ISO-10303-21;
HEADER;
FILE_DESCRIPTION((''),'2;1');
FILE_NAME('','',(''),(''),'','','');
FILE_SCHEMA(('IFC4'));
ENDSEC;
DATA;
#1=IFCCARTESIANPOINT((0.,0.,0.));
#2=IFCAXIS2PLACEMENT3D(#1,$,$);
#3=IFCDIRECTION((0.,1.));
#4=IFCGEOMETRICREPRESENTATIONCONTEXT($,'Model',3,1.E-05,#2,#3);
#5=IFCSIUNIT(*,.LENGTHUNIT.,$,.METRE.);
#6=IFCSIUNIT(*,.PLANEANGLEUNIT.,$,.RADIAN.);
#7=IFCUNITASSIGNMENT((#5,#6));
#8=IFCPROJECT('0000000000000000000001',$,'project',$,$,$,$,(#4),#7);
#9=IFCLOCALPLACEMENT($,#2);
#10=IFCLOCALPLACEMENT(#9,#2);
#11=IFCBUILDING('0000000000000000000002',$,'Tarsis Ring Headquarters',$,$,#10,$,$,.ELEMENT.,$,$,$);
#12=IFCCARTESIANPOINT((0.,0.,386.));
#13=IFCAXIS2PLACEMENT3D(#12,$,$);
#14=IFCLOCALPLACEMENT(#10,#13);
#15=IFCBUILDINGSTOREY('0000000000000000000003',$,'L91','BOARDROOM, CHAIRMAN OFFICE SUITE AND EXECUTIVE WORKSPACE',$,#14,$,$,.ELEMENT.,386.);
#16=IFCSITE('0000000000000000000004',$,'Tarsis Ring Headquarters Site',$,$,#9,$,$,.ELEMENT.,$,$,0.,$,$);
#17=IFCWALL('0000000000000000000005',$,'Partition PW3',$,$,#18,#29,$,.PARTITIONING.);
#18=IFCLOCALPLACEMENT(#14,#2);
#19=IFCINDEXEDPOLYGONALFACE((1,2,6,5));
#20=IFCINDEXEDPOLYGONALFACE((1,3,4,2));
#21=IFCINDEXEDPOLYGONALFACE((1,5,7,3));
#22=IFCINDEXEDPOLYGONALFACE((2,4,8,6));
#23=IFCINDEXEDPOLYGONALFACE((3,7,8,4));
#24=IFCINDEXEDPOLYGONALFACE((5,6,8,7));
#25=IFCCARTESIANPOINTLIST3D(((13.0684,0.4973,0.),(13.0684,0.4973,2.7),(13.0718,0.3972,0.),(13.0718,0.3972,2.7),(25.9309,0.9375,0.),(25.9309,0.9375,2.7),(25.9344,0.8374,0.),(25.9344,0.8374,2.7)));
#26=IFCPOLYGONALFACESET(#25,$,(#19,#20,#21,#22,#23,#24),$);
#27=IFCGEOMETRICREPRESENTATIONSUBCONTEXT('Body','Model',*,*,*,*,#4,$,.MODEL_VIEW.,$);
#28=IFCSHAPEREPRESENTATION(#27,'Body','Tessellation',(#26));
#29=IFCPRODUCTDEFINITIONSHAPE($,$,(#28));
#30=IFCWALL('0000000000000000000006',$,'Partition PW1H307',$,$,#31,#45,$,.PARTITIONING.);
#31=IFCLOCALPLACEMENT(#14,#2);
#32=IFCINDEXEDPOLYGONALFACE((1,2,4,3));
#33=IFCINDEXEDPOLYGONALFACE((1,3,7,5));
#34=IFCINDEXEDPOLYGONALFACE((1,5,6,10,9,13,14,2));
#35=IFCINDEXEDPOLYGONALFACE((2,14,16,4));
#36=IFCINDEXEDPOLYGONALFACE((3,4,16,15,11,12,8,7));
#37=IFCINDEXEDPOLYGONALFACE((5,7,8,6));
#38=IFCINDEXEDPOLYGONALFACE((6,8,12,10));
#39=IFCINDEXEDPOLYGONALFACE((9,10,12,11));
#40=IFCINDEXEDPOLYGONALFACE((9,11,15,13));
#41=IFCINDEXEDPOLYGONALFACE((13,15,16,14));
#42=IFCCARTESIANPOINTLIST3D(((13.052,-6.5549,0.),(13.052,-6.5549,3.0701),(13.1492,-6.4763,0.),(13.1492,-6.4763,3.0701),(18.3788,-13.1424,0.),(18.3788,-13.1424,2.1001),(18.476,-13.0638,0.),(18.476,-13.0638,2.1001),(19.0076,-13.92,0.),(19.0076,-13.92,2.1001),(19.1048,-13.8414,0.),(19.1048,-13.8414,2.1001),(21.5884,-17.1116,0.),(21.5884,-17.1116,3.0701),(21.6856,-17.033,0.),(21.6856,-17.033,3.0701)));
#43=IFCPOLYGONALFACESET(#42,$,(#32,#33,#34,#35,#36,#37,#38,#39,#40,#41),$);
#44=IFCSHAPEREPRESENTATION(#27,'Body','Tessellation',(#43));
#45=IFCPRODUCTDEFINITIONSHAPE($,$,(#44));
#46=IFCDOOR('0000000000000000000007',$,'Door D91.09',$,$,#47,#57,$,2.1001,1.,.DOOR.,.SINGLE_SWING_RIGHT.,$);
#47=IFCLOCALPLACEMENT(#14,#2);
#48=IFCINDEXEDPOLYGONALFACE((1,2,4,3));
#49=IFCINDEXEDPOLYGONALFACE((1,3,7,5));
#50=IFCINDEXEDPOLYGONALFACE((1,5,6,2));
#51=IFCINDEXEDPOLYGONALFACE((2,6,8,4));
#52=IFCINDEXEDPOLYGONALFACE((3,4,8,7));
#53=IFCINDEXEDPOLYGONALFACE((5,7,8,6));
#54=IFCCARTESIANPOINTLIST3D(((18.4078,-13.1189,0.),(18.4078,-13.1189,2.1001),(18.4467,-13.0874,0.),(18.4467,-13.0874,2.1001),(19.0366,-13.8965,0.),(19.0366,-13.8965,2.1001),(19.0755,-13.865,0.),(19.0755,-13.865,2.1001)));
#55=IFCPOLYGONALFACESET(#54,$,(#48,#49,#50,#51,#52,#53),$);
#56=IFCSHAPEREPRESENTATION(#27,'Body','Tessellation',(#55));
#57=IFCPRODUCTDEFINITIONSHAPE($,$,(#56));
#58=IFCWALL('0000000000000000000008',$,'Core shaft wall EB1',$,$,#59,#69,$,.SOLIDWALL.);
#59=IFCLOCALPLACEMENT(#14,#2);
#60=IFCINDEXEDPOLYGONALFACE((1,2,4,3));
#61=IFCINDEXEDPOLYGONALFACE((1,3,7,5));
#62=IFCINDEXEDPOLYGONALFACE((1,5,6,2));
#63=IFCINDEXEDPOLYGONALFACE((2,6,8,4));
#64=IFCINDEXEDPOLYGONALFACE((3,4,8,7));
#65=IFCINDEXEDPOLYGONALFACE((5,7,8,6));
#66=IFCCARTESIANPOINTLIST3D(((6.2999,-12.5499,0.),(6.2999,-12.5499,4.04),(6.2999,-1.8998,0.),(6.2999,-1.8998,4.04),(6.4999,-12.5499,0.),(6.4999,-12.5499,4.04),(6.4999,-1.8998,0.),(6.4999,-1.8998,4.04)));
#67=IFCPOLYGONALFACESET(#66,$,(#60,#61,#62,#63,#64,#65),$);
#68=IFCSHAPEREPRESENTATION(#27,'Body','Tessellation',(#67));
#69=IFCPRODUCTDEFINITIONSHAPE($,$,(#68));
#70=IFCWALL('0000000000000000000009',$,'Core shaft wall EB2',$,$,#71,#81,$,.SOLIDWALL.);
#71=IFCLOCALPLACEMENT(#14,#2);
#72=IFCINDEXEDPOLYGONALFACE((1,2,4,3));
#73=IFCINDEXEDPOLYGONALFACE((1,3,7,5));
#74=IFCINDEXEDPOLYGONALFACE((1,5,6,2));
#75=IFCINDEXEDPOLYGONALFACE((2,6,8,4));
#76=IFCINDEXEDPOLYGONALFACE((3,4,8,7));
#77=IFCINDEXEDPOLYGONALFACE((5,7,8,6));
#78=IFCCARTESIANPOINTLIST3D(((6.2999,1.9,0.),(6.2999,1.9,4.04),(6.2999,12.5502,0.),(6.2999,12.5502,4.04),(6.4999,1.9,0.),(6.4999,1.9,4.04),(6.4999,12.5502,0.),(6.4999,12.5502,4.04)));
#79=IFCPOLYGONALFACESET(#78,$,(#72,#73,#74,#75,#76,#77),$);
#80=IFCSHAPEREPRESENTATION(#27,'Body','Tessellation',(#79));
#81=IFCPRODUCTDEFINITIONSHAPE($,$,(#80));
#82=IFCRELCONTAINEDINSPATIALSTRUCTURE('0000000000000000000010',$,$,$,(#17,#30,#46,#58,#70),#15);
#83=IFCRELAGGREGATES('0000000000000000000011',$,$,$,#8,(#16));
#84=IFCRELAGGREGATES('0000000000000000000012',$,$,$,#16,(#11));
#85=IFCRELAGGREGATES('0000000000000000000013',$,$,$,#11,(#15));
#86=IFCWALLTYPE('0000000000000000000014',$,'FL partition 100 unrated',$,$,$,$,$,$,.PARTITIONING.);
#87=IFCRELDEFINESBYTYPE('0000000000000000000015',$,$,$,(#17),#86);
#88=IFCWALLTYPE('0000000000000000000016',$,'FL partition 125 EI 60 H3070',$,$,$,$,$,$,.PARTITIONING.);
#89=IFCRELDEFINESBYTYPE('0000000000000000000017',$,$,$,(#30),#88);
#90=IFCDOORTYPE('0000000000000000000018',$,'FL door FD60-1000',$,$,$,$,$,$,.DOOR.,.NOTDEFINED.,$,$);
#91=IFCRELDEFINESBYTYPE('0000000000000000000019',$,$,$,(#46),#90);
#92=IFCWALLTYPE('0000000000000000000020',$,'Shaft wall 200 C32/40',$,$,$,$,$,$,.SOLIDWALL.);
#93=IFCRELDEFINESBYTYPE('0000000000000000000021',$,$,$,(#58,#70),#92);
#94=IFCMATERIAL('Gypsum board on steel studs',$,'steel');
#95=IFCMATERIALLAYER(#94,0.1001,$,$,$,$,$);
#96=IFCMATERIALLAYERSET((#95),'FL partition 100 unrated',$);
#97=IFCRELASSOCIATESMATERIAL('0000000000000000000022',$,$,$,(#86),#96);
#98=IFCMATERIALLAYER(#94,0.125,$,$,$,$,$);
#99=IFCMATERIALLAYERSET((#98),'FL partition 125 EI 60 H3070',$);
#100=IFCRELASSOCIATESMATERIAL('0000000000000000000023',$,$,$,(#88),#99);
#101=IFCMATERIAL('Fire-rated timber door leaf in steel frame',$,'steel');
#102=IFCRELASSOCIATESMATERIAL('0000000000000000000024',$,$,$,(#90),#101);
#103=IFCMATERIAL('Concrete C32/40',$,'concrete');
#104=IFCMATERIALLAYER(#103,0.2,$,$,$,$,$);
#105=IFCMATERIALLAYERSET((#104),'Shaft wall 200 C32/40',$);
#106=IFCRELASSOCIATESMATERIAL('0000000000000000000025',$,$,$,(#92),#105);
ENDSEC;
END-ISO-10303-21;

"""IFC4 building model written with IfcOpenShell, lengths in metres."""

from ifc_helpers import new_model, si_unit, direction, frame, frame_2d, origin, place, context, subcontext, project, spatial, rectangle, extrude, material, layer, layer_set, type_object, element, fill, save


model = new_model("IFC4")

# Units and contexts
model_context = context("Model", 3, precision=1e-05, world=origin(), true_north=direction((0.0, 1.0)))
body_context = subcontext(model_context, "Body", "Model", "MODEL_VIEW")
ifc_project = project(units=[si_unit("LENGTHUNIT", "METRE"), si_unit("PLANEANGLEUNIT", "RADIAN")], contexts=[model_context])

# Site, building, storey
site_placement = place(None, origin())
site = spatial("IfcSite", under=ifc_project, at=site_placement, Name="Tarsis Ring Headquarters Site", CompositionType="ELEMENT", RefElevation=0.0)
building_placement = place(site_placement, origin())
building = spatial("IfcBuilding", under=site, at=building_placement, Name="Tarsis Ring Headquarters", CompositionType="ELEMENT")
storey_placement = place(building_placement, frame((0.0, 0.0, 386.0)))
storey = spatial("IfcBuildingStorey", under=building, at=storey_placement, Name="L91", Description="BOARDROOM, CHAIRMAN OFFICE SUITE AND EXECUTIVE WORKSPACE", CompositionType="ELEMENT", Elevation=386.0)

# Wall
ifc_material_1 = material(Name="Gypsum board on steel studs", Category="steel")
ifc_layer_1 = layer(ifc_material_1, 0.1001)
ifc_layer_set_1 = layer_set([ifc_layer_1], Name="FL partition 100 unrated")
wall_type_1 = type_object("IfcWallType", Name="FL partition 100 unrated", PredefinedType="PARTITIONING", material=ifc_layer_set_1)
wall_1_placement = place(storey_placement, frame((13.0701, 0.4473, 0.0), z_axis=(0.0, 0.0, 1.0), x_axis=(0.999415, 0.034202, 0.0)))
element("IfcWall", 1, at=wall_1_placement, inside=storey, type_object=wall_type_1, Name="Partition PW3", PredefinedType="PARTITIONING", context=body_context, shape_type="SweptSolid", body=[
    extrude(rectangle(XDim=12.8701, YDim=0.1001, at=frame_2d((6.4351, 0.0))), origin(), (0.0, 0.0, 1.0), 2.7),
])

# Wall, opening, door
ifc_layer_2 = layer(ifc_material_1, 0.125)
ifc_layer_set_2 = layer_set([ifc_layer_2], Name="FL partition 125 EI 60 H3070")
wall_type_2 = type_object("IfcWallType", Name="FL partition 125 EI 60 H3070", PredefinedType="PARTITIONING", material=ifc_layer_set_2)
wall_2_placement = place(storey_placement, frame((13.1006, -6.5156, 0.0), z_axis=(0.0, 0.0, 1.0), x_axis=(0.628777, -0.777586, 0.0)))
wall_2 = element("IfcWall", 2, at=wall_2_placement, inside=storey, type_object=wall_type_2, Name="Partition PW1H307", PredefinedType="PARTITIONING", context=body_context, shape_type="SweptSolid", body=[
    extrude(rectangle(XDim=13.5762, YDim=0.125, at=frame_2d((6.7881, 0.0))), origin(), (0.0, 0.0, 1.0), 3.0701),
])
opening_1_placement = place(wall_2_placement, frame((8.4717, 0.0, 0.0)))
opening_1 = element("IfcOpeningElement", 3, at=opening_1_placement, cuts=wall_2, PredefinedType="OPENING", context=body_context, shape_type="SweptSolid", body=[
    extrude(rectangle(XDim=1.0, YDim=2.1001, at=frame_2d((0.5, 1.05))), frame((0.0, 0.0725, 0.0), z_axis=(0.0, -1.0, 0.0), x_axis=(1.0, 0.0, 0.0)), (0.0, 0.0, 1.0), 0.145),
])
ifc_material_2 = material(Name="Fire-rated timber door leaf in steel frame", Category="steel")
door_type_1 = type_object("IfcDoorType", Name="FL door FD60-1000", OperationType="NOTDEFINED", PredefinedType="DOOR", material=ifc_material_2)
door_1_placement = place(opening_1_placement, origin())
door_1 = element("IfcDoor", 4, at=door_1_placement, inside=storey, type_object=door_type_1, Name="Door D91.09", OperationType="SINGLE_SWING_RIGHT", OverallHeight=2.1001, OverallWidth=1.0, PredefinedType="DOOR", context=body_context, shape_type="SweptSolid", body=[
    extrude(rectangle(XDim=1.0, YDim=2.1001, at=frame_2d((0.5, 1.05))), frame((0.0, 0.0249, 0.0), z_axis=(0.0, -1.0, 0.0), x_axis=(1.0, 0.0, 0.0)), (0.0, 0.0, 1.0), 0.05),
])
fill(opening_1, door_1)

# Walls
ifc_material_3 = material(Name="Concrete C32/40", Category="concrete")
ifc_layer_3 = layer(ifc_material_3, 0.2)
ifc_layer_set_3 = layer_set([ifc_layer_3], Name="Shaft wall 200 C32/40")
wall_type_3 = type_object("IfcWallType", Name="Shaft wall 200 C32/40", PredefinedType="SOLIDWALL", material=ifc_layer_set_3)
for number, where, z_axis, x_axis, name in (
    (5, (6.3999, -12.55, 0.0), (0.0, 0.0, 1.0), (0.0, 1.0, 0.0), "Core shaft wall EB1"),
    (6, (6.3999, 1.8999, 0.0), (0.0, 0.0, 1.0), (0.0, 1.0, 0.0), "Core shaft wall EB2"),
):
    element("IfcWall", number, at=place(storey_placement, frame(where, z_axis=z_axis, x_axis=x_axis)), inside=storey, type_object=wall_type_3, Name=name, PredefinedType="SOLIDWALL", context=body_context, shape_type="SweptSolid", body=[
        extrude(rectangle(XDim=10.6501, YDim=0.2, at=frame_2d((5.3252, 0.0))), origin(), (0.0, 0.0, 1.0), 4.04),
    ])

save(model, "model.ifc")
